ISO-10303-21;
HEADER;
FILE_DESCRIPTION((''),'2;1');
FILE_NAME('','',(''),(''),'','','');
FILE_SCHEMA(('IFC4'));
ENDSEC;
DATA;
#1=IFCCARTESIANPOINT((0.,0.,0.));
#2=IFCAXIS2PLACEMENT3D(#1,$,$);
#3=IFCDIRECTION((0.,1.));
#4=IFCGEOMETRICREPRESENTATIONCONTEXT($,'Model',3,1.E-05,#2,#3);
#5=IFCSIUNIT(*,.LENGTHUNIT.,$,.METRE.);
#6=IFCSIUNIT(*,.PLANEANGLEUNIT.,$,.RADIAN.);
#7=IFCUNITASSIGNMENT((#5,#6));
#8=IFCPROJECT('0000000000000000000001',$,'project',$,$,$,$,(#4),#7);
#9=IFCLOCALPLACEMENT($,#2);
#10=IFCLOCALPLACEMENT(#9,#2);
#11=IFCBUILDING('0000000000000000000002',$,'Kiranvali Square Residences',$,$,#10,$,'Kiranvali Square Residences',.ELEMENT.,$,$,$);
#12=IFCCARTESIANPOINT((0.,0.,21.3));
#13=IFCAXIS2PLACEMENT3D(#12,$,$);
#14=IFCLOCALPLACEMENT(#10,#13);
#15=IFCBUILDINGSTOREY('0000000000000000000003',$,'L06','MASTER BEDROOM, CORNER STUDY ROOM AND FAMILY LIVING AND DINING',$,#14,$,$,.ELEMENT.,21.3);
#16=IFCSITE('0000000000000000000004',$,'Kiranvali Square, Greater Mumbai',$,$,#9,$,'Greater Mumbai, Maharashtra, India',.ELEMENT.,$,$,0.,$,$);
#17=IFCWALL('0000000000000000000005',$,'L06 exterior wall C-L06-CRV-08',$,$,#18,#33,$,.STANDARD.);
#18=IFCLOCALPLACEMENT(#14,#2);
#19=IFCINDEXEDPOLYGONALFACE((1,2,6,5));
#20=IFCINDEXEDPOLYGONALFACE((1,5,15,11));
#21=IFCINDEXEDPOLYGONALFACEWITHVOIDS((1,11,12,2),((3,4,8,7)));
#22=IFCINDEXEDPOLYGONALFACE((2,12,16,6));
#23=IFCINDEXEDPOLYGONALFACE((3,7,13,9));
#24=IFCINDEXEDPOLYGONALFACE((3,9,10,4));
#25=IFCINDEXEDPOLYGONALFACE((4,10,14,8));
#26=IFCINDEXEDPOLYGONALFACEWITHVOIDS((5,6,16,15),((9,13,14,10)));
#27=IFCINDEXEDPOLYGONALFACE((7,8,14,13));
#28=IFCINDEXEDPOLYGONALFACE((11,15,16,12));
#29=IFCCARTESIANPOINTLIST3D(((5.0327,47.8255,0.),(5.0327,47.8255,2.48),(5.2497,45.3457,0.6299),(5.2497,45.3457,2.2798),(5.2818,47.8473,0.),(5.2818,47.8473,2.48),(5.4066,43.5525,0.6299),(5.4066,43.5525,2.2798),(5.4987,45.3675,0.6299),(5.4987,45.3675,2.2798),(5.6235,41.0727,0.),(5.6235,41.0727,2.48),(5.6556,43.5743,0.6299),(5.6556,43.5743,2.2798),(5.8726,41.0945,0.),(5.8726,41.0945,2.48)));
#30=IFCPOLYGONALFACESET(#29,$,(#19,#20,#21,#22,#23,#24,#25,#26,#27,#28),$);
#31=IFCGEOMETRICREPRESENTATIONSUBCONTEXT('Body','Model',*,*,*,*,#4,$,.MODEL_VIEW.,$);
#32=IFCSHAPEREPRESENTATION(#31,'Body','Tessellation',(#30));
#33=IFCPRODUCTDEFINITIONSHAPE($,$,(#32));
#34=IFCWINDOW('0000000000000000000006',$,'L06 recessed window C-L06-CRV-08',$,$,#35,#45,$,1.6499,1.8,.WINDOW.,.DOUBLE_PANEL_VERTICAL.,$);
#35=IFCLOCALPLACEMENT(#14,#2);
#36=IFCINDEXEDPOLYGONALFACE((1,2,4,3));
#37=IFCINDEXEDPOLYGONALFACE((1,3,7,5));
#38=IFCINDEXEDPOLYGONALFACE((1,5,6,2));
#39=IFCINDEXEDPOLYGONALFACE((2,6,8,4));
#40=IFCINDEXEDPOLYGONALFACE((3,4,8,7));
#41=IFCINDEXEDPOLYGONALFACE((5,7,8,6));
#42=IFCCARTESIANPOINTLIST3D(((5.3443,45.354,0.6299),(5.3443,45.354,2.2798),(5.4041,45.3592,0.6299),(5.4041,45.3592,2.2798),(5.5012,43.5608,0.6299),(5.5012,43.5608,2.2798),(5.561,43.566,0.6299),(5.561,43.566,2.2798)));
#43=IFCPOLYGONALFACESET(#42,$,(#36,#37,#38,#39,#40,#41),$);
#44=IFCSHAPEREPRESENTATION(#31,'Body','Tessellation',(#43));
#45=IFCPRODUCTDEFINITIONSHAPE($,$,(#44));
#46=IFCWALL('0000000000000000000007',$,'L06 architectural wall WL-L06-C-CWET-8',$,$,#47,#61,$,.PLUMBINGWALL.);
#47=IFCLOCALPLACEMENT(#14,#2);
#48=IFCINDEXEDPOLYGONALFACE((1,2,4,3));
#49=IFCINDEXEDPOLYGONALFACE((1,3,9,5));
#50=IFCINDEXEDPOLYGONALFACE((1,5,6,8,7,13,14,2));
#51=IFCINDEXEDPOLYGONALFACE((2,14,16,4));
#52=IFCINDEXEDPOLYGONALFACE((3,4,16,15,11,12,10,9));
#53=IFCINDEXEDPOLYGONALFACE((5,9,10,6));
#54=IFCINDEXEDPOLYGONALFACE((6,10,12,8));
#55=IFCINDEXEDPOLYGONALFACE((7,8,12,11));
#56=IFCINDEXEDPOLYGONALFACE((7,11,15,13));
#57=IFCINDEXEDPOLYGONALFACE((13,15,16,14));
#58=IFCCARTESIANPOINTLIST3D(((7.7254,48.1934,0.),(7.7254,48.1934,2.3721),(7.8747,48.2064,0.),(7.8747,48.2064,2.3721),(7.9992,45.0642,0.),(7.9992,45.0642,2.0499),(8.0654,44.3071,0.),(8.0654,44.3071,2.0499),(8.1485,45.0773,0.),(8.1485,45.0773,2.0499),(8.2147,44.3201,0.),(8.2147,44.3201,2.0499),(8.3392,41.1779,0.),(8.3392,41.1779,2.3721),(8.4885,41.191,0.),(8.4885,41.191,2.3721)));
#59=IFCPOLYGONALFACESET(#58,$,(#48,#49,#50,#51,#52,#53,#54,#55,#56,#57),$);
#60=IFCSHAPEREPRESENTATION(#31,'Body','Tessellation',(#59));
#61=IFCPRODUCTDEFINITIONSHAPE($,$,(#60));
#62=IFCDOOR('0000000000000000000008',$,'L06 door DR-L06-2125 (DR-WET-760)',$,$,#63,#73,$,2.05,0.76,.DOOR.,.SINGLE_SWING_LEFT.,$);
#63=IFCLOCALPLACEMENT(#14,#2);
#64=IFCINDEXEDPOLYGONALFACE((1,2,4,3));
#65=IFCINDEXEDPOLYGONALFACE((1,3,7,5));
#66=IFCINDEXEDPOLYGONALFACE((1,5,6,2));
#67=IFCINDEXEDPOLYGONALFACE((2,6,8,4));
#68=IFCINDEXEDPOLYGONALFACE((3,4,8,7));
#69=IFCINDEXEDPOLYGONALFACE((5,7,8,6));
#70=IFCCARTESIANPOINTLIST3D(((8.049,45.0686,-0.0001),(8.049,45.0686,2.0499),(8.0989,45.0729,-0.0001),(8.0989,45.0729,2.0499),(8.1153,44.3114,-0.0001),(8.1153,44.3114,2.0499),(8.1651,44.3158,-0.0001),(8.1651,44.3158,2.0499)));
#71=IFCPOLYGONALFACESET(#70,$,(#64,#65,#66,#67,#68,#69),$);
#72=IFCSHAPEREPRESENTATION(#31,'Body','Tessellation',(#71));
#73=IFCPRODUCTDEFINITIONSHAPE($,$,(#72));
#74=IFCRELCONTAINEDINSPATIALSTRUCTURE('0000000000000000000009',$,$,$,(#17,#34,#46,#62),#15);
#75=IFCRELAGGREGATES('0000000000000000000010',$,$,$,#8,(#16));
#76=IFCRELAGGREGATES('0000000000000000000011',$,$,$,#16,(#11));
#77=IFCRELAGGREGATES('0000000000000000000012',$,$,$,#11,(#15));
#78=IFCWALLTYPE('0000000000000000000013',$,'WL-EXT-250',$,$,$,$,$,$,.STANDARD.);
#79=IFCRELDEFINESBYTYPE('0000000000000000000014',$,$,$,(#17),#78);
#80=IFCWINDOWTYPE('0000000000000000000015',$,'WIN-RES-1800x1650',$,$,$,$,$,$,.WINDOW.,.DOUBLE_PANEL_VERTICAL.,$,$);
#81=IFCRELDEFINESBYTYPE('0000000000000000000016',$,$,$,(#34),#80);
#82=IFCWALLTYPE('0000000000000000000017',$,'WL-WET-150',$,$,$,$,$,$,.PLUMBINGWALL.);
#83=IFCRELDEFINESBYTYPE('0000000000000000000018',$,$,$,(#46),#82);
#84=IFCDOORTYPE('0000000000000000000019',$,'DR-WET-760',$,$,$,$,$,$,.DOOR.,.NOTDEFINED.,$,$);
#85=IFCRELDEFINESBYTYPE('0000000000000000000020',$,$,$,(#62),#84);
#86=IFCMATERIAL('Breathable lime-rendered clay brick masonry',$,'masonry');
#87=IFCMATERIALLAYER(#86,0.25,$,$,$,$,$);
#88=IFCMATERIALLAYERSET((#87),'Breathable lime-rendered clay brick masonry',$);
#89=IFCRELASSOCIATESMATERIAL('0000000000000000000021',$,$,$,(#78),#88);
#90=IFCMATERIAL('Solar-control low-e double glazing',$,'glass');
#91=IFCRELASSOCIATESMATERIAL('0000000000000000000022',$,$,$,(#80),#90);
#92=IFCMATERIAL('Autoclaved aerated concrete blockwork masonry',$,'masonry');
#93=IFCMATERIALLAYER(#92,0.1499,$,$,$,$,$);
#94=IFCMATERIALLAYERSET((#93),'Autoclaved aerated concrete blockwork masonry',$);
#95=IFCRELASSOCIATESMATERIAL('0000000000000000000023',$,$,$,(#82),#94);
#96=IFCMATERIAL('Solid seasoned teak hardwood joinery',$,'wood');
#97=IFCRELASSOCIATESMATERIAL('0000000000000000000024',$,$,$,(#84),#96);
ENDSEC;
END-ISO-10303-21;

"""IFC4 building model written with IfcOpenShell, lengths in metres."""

from ifc_helpers import new_model, si_unit, direction, frame, frame_2d, origin, place, context, subcontext, project, spatial, rectangle, extrude, material, layer, layer_set, type_object, element, fill, save


model = new_model("IFC4")

# Units and contexts
model_context = context("Model", 3, precision=1e-05, world=origin(), true_north=direction((0.0, 1.0)))
body_context = subcontext(model_context, "Body", "Model", "MODEL_VIEW")
ifc_project = project(units=[si_unit("LENGTHUNIT", "METRE"), si_unit("PLANEANGLEUNIT", "RADIAN")], contexts=[model_context])

# Site, building, storey
site_placement = place(None, origin())
site = spatial("IfcSite", under=ifc_project, at=site_placement, Name="Kiranvali Square, Greater Mumbai", LongName="Greater Mumbai, Maharashtra, India", CompositionType="ELEMENT", RefElevation=0.0)
building_placement = place(site_placement, origin())
building = spatial("IfcBuilding", under=site, at=building_placement, Name="Kiranvali Square Residences", LongName="Kiranvali Square Residences", CompositionType="ELEMENT")
storey_placement = place(building_placement, frame((0.0, 0.0, 21.3)))
storey = spatial("IfcBuildingStorey", under=building, at=storey_placement, Name="L06", Description="MASTER BEDROOM, CORNER STUDY ROOM AND FAMILY LIVING AND DINING", CompositionType="ELEMENT", Elevation=21.3)

# Shared definitions
ifc_material_1 = material(Name="Breathable lime-rendered clay brick masonry", Category="masonry")
ifc_layer_1 = layer(ifc_material_1, 0.25)
ifc_layer_set_1 = layer_set([ifc_layer_1], Name="Breathable lime-rendered clay brick masonry")
wall_type_1 = type_object("IfcWallType", Name="WL-EXT-250", PredefinedType="STANDARD", material=ifc_layer_set_1)
ifc_material_2 = material(Name="Solar-control low-e double glazing", Category="glass")

# Wall, opening, window
wall_1_placement = place(storey_placement, frame((5.748, 41.0837, 0.0), z_axis=(0.0, 0.0, 1.0), x_axis=(-0.087161, 0.996194, 0.0)))
wall_1 = element("IfcWall", 1, at=wall_1_placement, inside=storey, type_object=wall_type_1, Name="L06 exterior wall C-L06-CRV-08", PredefinedType="STANDARD", context=body_context, shape_type="SweptSolid", body=[
    extrude(rectangle(XDim=6.7786, YDim=0.25, at=frame_2d((3.3892, 0.0))), origin(), (0.0, 0.0, 1.0), 2.48),
])
opening_1_placement = place(wall_1_placement, frame((2.4893, 0.0, 0.6299)))
opening_1 = element("IfcOpeningElement", 2, at=opening_1_placement, cuts=wall_1, PredefinedType="OPENING", context=body_context, shape_type="SweptSolid", body=[
    extrude(rectangle(XDim=1.8, YDim=1.6499, at=frame_2d((0.8999, 0.825))), frame((0.0, 0.135, 0.0), z_axis=(0.0, -1.0, 0.0), x_axis=(1.0, 0.0, 0.0)), (0.0, 0.0, 1.0), 0.27),
])
window_type_1 = type_object("IfcWindowType", Name="WIN-RES-1800x1650", PartitioningType="DOUBLE_PANEL_VERTICAL", PredefinedType="WINDOW", material=ifc_material_2)
window_1_placement = place(opening_1_placement, origin())
window_1 = element("IfcWindow", 3, at=window_1_placement, inside=storey, type_object=window_type_1, Name="L06 recessed window C-L06-CRV-08", OverallHeight=1.6499, OverallWidth=1.8, PartitioningType="DOUBLE_PANEL_VERTICAL", PredefinedType="WINDOW", context=body_context, shape_type="SweptSolid", body=[
    extrude(rectangle(XDim=1.8, YDim=1.6499, at=frame_2d((0.8999, 0.825))), frame((0.0, 0.03, 0.0), z_axis=(0.0, -1.0, 0.0), x_axis=(1.0, 0.0, 0.0)), (0.0, 0.0, 1.0), 0.0601),
])
fill(opening_1, window_1)

# Wall, opening, door
ifc_material_3 = material(Name="Autoclaved aerated concrete blockwork masonry", Category="masonry")
ifc_layer_2 = layer(ifc_material_3, 0.1499)
ifc_layer_set_2 = layer_set([ifc_layer_2], Name="Autoclaved aerated concrete blockwork masonry")
wall_type_2 = type_object("IfcWallType", Name="WL-WET-150", PredefinedType="PLUMBINGWALL", material=ifc_layer_set_2)
wall_2_placement = place(storey_placement, frame((8.4138, 41.1846, 0.0), z_axis=(0.0, 0.0, 1.0), x_axis=(-0.087156, 0.996195, 0.0)))
wall_2 = element("IfcWall", 4, at=wall_2_placement, inside=storey, type_object=wall_type_2, Name="L06 architectural wall WL-L06-C-CWET-8", PredefinedType="PLUMBINGWALL", context=body_context, shape_type="SweptSolid", body=[
    extrude(rectangle(XDim=7.0422, YDim=0.1499, at=frame_2d((3.521, 0.0))), origin(), (0.0, 0.0, 1.0), 2.3721),
])
opening_2_placement = place(wall_2_placement, frame((3.1411, 0.0, 0.0)))
opening_2 = element("IfcOpeningElement", 5, at=opening_2_placement, cuts=wall_2, PredefinedType="OPENING", context=body_context, shape_type="SweptSolid", body=[
    extrude(rectangle(XDim=0.76, YDim=2.05, at=frame_2d((0.3799, 1.0249))), frame((0.0, 0.085, 0.0), z_axis=(0.0, -1.0, 0.0), x_axis=(1.0, 0.0, 0.0)), (0.0, 0.0, 1.0), 0.1699),
])
ifc_material_4 = material(Name="Solid seasoned teak hardwood joinery", Category="wood")
door_type_1 = type_object("IfcDoorType", Name="DR-WET-760", OperationType="NOTDEFINED", PredefinedType="DOOR", material=ifc_material_4)
door_1_placement = place(opening_2_placement, origin())
door_1 = element("IfcDoor", 6, at=door_1_placement, inside=storey, type_object=door_type_1, Name="L06 door DR-L06-2125 (DR-WET-760)", OperationType="SINGLE_SWING_LEFT", OverallHeight=2.05, OverallWidth=0.76, PredefinedType="DOOR", context=body_context, shape_type="SweptSolid", body=[
    extrude(rectangle(XDim=0.76, YDim=2.05, at=frame_2d((0.3799, 1.0249))), frame((0.0, 0.0249, 0.0), z_axis=(0.0, -1.0, 0.0), x_axis=(1.0, 0.0, 0.0)), (0.0, 0.0, 1.0), 0.05),
])
fill(opening_2, door_1)

save(model, "model.ifc")
